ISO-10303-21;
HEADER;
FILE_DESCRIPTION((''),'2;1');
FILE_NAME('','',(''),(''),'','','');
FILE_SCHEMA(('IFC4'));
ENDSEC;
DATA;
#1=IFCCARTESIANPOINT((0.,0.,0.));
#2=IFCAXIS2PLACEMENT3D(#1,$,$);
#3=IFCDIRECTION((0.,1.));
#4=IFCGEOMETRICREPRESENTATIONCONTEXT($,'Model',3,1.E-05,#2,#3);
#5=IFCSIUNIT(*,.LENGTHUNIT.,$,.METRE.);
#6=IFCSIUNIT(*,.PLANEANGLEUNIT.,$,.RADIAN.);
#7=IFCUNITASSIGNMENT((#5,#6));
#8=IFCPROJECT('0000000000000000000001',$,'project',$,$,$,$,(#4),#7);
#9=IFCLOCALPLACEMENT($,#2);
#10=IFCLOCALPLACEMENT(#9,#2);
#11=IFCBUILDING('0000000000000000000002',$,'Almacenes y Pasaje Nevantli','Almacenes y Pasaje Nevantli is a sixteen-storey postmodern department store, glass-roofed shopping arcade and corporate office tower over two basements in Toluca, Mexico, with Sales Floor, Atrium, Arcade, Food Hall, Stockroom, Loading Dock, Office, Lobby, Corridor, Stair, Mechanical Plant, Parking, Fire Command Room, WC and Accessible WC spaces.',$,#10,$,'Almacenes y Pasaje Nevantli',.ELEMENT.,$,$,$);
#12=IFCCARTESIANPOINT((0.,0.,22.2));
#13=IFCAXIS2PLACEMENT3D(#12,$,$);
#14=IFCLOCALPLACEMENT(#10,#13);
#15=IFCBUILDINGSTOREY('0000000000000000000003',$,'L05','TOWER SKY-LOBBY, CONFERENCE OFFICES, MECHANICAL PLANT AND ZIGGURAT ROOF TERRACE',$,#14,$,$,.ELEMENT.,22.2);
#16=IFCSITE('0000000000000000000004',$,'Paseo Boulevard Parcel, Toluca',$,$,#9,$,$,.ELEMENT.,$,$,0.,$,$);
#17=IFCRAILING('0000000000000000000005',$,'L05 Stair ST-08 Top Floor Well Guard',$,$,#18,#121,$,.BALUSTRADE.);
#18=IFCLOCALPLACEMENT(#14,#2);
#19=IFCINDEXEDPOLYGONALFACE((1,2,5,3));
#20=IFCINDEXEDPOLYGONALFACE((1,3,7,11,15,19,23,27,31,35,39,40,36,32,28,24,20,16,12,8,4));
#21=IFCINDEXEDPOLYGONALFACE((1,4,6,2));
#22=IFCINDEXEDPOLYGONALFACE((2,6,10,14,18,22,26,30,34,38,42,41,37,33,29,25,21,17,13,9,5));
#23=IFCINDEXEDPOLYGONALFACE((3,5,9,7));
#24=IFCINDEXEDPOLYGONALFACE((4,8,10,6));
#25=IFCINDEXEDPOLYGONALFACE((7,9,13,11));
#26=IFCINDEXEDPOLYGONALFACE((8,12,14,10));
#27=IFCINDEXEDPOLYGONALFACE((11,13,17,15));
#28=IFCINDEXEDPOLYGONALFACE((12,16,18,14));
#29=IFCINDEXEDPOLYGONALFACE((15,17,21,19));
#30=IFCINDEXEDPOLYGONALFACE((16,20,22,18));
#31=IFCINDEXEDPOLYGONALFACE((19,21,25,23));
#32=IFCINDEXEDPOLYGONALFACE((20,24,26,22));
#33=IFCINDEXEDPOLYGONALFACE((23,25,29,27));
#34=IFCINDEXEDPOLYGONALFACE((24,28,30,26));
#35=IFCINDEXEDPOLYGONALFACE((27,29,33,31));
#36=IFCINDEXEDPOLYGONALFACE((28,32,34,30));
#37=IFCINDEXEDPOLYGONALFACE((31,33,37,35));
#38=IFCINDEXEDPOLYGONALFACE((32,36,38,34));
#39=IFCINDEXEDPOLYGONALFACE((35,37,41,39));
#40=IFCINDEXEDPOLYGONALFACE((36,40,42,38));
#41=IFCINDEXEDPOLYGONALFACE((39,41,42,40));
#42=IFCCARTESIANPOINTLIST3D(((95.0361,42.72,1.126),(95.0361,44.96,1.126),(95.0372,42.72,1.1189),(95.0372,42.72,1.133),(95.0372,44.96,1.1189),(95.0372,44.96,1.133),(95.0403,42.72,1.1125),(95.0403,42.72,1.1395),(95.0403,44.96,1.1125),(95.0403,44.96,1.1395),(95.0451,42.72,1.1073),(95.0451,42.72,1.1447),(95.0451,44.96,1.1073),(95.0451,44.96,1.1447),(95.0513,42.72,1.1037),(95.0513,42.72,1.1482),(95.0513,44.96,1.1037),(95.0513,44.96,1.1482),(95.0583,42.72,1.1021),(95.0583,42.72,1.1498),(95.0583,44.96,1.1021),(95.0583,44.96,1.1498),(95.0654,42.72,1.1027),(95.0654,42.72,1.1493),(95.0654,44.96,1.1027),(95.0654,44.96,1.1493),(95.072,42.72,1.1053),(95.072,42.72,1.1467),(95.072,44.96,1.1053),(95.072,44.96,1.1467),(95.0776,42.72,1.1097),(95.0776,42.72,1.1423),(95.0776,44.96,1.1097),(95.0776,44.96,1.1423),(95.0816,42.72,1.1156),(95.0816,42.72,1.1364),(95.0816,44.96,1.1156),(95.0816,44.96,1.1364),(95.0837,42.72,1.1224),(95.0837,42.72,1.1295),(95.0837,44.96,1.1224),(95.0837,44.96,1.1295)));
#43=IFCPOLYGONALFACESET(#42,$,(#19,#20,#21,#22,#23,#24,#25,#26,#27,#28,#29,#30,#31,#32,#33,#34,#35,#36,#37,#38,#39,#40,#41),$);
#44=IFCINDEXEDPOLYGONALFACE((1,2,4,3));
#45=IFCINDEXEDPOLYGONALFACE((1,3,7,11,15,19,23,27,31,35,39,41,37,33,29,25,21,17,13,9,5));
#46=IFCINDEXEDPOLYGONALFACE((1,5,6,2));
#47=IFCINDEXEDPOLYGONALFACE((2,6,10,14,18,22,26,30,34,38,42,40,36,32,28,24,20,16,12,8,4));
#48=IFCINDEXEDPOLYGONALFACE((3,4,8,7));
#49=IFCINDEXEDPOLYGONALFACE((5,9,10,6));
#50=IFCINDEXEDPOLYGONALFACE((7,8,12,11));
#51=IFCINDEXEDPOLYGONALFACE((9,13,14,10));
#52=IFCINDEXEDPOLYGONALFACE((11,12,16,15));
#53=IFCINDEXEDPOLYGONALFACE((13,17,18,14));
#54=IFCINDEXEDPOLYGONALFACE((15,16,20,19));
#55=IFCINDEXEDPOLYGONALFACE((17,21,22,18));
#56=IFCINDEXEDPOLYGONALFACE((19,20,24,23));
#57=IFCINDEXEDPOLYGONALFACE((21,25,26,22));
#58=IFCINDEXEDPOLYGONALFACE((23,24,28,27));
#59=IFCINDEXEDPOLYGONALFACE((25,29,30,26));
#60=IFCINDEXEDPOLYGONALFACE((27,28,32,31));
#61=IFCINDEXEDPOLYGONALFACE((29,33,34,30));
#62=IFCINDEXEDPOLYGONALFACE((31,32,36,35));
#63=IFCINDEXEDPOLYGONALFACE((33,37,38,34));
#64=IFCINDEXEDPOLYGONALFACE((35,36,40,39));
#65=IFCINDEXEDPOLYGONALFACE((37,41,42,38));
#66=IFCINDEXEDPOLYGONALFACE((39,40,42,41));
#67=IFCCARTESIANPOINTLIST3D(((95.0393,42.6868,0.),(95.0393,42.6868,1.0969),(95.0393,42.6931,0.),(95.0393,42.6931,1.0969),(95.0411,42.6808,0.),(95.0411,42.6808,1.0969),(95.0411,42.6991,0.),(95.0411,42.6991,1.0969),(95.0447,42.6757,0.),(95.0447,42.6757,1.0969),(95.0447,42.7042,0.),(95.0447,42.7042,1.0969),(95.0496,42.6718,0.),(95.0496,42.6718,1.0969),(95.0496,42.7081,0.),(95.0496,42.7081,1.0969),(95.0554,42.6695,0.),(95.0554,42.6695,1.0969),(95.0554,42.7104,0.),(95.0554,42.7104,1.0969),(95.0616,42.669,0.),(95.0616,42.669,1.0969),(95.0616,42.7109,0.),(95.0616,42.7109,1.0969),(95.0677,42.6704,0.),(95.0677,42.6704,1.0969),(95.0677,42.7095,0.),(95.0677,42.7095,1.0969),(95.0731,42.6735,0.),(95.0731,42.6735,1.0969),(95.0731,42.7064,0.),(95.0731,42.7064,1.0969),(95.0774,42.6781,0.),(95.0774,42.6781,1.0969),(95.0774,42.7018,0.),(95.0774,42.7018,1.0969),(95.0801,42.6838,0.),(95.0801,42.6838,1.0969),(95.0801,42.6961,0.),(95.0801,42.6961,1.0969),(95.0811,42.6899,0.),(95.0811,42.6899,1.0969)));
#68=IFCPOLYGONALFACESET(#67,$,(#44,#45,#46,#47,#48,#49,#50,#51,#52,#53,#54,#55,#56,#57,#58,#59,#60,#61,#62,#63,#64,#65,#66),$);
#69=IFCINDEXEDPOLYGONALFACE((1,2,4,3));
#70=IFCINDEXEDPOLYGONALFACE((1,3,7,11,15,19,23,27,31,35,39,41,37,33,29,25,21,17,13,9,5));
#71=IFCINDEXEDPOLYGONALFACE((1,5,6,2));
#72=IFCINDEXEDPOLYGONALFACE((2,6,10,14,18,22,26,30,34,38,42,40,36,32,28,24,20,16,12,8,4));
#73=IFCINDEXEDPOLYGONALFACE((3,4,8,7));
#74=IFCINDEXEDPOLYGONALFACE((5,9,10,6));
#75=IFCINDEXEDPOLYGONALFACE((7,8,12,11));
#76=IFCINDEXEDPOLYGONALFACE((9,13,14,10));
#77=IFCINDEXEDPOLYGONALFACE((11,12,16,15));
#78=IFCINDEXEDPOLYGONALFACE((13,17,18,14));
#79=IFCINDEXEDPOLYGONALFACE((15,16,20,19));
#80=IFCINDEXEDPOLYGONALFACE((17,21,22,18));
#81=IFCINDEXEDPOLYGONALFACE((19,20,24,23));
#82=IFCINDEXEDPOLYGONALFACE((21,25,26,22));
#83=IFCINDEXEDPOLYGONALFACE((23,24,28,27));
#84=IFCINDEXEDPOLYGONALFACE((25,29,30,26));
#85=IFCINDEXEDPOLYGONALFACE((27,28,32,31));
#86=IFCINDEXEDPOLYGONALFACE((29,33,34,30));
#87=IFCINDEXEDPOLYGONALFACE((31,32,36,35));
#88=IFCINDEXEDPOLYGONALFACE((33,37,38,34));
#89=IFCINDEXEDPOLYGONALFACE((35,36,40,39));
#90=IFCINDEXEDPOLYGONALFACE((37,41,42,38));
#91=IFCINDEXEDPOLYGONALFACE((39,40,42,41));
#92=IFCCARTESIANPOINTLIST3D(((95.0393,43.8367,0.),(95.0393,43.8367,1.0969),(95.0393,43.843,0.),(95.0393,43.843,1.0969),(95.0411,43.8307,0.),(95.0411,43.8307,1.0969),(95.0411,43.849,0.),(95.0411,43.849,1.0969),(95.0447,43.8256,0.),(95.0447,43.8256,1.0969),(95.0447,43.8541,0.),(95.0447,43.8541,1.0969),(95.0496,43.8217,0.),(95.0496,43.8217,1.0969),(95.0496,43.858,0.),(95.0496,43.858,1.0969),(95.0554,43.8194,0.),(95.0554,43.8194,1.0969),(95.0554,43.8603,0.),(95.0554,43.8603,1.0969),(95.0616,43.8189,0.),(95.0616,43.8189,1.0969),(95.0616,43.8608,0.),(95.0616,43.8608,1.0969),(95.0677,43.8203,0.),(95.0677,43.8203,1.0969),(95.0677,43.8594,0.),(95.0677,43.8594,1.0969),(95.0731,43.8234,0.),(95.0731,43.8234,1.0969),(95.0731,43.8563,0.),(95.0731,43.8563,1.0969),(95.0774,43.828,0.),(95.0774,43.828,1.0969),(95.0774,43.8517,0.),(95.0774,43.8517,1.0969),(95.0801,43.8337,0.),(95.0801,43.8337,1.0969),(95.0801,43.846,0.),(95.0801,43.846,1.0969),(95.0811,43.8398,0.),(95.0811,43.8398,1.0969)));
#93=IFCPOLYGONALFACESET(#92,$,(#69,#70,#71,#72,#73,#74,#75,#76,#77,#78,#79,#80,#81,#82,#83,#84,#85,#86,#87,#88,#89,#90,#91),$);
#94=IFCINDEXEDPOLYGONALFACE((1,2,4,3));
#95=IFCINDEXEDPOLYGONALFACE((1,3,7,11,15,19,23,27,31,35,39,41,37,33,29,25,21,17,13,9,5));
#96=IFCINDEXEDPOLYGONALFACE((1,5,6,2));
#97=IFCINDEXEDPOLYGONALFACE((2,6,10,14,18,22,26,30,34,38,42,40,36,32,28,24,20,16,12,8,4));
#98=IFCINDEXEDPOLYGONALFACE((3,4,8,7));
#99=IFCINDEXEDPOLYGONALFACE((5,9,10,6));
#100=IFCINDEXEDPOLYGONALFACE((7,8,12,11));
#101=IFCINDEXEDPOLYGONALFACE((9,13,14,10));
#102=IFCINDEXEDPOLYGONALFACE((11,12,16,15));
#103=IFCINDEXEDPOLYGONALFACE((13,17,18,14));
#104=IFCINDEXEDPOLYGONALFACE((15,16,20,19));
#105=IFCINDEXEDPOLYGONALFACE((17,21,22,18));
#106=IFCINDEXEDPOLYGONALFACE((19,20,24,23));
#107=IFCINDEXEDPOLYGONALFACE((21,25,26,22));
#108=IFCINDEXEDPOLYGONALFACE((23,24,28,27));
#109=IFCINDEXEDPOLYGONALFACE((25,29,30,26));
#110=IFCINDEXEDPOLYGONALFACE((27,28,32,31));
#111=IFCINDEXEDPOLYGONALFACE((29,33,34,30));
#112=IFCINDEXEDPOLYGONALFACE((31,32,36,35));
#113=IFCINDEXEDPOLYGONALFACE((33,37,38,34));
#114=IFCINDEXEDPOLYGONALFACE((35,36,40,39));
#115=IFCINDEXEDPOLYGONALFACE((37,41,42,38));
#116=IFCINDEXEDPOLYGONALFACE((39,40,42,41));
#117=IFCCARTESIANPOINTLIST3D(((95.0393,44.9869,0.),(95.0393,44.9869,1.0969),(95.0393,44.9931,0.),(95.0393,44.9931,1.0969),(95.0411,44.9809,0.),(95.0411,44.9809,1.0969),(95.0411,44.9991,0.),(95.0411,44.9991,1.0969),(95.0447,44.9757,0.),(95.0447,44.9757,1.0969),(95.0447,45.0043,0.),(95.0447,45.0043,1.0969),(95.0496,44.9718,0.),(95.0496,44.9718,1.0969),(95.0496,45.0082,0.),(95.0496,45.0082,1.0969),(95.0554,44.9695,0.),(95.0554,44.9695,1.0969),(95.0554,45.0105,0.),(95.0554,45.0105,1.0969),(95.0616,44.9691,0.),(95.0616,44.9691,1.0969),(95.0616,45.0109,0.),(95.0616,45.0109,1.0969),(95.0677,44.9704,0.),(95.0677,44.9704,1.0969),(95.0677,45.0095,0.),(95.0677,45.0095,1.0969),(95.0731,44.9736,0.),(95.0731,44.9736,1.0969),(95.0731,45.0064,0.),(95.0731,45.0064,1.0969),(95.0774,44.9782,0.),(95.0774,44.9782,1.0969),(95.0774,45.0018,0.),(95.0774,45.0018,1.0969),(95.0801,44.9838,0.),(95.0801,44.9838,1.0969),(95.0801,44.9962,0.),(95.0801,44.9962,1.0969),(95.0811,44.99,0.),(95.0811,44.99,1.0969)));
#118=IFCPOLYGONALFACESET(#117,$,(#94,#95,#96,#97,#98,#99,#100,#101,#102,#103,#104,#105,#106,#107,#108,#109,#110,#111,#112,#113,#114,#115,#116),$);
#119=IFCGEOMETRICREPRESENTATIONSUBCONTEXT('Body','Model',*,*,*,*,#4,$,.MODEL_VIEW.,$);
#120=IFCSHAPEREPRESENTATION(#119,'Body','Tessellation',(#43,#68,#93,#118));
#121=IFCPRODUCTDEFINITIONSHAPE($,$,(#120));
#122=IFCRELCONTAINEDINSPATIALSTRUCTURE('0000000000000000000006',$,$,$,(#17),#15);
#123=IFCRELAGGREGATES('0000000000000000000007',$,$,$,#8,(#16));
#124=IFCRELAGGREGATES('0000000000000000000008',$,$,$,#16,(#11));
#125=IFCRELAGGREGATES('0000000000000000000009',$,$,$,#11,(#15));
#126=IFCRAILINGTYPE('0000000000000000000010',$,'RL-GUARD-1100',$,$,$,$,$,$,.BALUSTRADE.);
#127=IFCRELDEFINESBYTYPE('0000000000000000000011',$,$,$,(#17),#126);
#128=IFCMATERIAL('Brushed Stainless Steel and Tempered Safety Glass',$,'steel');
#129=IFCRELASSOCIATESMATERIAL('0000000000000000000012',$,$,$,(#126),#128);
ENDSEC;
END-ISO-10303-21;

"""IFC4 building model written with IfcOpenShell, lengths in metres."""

from ifc_helpers import new_model, si_unit, direction, frame, origin, origin_2d, place, context, subcontext, project, spatial, circle, extrude, material, type_object, element, save


model = new_model("IFC4")

# Units and contexts
model_context = context("Model", 3, precision=1e-05, world=origin(), true_north=direction((0.0, 1.0)))
body_context = subcontext(model_context, "Body", "Model", "MODEL_VIEW")
ifc_project = project(units=[si_unit("LENGTHUNIT", "METRE"), si_unit("PLANEANGLEUNIT", "RADIAN")], contexts=[model_context])

# Site, building, storey
site_placement = place(None, origin())
site = spatial("IfcSite", under=ifc_project, at=site_placement, Name="Paseo Boulevard Parcel, Toluca", CompositionType="ELEMENT", RefElevation=0.0)
building_placement = place(site_placement, origin())
building = spatial("IfcBuilding", under=site, at=building_placement, Name="Almacenes y Pasaje Nevantli", Description="Almacenes y Pasaje Nevantli is a sixteen-storey postmodern department store, glass-roofed shopping arcade and corporate office tower over two basements in Toluca, Mexico, with Sales Floor, Atrium, Arcade, Food Hall, Stockroom, Loading Dock, Office, Lobby, Corridor, Stair, Mechanical Plant, Parking, Fire Command Room, WC and Accessible WC spaces.", LongName="Almacenes y Pasaje Nevantli", CompositionType="ELEMENT")
storey_placement = place(building_placement, frame((0.0, 0.0, 22.2)))
storey = spatial("IfcBuildingStorey", under=building, at=storey_placement, Name="L05", Description="TOWER SKY-LOBBY, CONFERENCE OFFICES, MECHANICAL PLANT AND ZIGGURAT ROOF TERRACE", CompositionType="ELEMENT", Elevation=22.2)

# Railing
ifc_material_1 = material(Name="Brushed Stainless Steel and Tempered Safety Glass", Category="steel")
railing_type = type_object("IfcRailingType", Name="RL-GUARD-1100", PredefinedType="BALUSTRADE", material=ifc_material_1)
railing_placement = place(storey_placement, frame((95.0601, 42.6899, 0.0)))
element("IfcRailing", 1, at=railing_placement, inside=storey, type_object=railing_type, Name="L05 Stair ST-08 Top Floor Well Guard", PredefinedType="BALUSTRADE", context=body_context, shape_type="SweptSolid", body=[
    extrude(circle(Radius=0.0239, at=origin_2d()), frame((0.0, 0.03, 1.126), z_axis=(0.0, 1.0, 0.0), x_axis=(-1.0, 0.0, 0.0)), (0.0, 0.0, 1.0), 2.24),
    extrude(circle(Radius=0.021, at=origin_2d()), origin(), (0.0, 0.0, 1.0), 1.0969),
    extrude(circle(Radius=0.021, at=origin_2d()), frame((0.0, 1.1499, 0.0)), (0.0, 0.0, 1.0), 1.0969),
    extrude(circle(Radius=0.021, at=origin_2d()), frame((0.0, 2.3, 0.0)), (0.0, 0.0, 1.0), 1.0969),
])

save(model, "model.ifc")
